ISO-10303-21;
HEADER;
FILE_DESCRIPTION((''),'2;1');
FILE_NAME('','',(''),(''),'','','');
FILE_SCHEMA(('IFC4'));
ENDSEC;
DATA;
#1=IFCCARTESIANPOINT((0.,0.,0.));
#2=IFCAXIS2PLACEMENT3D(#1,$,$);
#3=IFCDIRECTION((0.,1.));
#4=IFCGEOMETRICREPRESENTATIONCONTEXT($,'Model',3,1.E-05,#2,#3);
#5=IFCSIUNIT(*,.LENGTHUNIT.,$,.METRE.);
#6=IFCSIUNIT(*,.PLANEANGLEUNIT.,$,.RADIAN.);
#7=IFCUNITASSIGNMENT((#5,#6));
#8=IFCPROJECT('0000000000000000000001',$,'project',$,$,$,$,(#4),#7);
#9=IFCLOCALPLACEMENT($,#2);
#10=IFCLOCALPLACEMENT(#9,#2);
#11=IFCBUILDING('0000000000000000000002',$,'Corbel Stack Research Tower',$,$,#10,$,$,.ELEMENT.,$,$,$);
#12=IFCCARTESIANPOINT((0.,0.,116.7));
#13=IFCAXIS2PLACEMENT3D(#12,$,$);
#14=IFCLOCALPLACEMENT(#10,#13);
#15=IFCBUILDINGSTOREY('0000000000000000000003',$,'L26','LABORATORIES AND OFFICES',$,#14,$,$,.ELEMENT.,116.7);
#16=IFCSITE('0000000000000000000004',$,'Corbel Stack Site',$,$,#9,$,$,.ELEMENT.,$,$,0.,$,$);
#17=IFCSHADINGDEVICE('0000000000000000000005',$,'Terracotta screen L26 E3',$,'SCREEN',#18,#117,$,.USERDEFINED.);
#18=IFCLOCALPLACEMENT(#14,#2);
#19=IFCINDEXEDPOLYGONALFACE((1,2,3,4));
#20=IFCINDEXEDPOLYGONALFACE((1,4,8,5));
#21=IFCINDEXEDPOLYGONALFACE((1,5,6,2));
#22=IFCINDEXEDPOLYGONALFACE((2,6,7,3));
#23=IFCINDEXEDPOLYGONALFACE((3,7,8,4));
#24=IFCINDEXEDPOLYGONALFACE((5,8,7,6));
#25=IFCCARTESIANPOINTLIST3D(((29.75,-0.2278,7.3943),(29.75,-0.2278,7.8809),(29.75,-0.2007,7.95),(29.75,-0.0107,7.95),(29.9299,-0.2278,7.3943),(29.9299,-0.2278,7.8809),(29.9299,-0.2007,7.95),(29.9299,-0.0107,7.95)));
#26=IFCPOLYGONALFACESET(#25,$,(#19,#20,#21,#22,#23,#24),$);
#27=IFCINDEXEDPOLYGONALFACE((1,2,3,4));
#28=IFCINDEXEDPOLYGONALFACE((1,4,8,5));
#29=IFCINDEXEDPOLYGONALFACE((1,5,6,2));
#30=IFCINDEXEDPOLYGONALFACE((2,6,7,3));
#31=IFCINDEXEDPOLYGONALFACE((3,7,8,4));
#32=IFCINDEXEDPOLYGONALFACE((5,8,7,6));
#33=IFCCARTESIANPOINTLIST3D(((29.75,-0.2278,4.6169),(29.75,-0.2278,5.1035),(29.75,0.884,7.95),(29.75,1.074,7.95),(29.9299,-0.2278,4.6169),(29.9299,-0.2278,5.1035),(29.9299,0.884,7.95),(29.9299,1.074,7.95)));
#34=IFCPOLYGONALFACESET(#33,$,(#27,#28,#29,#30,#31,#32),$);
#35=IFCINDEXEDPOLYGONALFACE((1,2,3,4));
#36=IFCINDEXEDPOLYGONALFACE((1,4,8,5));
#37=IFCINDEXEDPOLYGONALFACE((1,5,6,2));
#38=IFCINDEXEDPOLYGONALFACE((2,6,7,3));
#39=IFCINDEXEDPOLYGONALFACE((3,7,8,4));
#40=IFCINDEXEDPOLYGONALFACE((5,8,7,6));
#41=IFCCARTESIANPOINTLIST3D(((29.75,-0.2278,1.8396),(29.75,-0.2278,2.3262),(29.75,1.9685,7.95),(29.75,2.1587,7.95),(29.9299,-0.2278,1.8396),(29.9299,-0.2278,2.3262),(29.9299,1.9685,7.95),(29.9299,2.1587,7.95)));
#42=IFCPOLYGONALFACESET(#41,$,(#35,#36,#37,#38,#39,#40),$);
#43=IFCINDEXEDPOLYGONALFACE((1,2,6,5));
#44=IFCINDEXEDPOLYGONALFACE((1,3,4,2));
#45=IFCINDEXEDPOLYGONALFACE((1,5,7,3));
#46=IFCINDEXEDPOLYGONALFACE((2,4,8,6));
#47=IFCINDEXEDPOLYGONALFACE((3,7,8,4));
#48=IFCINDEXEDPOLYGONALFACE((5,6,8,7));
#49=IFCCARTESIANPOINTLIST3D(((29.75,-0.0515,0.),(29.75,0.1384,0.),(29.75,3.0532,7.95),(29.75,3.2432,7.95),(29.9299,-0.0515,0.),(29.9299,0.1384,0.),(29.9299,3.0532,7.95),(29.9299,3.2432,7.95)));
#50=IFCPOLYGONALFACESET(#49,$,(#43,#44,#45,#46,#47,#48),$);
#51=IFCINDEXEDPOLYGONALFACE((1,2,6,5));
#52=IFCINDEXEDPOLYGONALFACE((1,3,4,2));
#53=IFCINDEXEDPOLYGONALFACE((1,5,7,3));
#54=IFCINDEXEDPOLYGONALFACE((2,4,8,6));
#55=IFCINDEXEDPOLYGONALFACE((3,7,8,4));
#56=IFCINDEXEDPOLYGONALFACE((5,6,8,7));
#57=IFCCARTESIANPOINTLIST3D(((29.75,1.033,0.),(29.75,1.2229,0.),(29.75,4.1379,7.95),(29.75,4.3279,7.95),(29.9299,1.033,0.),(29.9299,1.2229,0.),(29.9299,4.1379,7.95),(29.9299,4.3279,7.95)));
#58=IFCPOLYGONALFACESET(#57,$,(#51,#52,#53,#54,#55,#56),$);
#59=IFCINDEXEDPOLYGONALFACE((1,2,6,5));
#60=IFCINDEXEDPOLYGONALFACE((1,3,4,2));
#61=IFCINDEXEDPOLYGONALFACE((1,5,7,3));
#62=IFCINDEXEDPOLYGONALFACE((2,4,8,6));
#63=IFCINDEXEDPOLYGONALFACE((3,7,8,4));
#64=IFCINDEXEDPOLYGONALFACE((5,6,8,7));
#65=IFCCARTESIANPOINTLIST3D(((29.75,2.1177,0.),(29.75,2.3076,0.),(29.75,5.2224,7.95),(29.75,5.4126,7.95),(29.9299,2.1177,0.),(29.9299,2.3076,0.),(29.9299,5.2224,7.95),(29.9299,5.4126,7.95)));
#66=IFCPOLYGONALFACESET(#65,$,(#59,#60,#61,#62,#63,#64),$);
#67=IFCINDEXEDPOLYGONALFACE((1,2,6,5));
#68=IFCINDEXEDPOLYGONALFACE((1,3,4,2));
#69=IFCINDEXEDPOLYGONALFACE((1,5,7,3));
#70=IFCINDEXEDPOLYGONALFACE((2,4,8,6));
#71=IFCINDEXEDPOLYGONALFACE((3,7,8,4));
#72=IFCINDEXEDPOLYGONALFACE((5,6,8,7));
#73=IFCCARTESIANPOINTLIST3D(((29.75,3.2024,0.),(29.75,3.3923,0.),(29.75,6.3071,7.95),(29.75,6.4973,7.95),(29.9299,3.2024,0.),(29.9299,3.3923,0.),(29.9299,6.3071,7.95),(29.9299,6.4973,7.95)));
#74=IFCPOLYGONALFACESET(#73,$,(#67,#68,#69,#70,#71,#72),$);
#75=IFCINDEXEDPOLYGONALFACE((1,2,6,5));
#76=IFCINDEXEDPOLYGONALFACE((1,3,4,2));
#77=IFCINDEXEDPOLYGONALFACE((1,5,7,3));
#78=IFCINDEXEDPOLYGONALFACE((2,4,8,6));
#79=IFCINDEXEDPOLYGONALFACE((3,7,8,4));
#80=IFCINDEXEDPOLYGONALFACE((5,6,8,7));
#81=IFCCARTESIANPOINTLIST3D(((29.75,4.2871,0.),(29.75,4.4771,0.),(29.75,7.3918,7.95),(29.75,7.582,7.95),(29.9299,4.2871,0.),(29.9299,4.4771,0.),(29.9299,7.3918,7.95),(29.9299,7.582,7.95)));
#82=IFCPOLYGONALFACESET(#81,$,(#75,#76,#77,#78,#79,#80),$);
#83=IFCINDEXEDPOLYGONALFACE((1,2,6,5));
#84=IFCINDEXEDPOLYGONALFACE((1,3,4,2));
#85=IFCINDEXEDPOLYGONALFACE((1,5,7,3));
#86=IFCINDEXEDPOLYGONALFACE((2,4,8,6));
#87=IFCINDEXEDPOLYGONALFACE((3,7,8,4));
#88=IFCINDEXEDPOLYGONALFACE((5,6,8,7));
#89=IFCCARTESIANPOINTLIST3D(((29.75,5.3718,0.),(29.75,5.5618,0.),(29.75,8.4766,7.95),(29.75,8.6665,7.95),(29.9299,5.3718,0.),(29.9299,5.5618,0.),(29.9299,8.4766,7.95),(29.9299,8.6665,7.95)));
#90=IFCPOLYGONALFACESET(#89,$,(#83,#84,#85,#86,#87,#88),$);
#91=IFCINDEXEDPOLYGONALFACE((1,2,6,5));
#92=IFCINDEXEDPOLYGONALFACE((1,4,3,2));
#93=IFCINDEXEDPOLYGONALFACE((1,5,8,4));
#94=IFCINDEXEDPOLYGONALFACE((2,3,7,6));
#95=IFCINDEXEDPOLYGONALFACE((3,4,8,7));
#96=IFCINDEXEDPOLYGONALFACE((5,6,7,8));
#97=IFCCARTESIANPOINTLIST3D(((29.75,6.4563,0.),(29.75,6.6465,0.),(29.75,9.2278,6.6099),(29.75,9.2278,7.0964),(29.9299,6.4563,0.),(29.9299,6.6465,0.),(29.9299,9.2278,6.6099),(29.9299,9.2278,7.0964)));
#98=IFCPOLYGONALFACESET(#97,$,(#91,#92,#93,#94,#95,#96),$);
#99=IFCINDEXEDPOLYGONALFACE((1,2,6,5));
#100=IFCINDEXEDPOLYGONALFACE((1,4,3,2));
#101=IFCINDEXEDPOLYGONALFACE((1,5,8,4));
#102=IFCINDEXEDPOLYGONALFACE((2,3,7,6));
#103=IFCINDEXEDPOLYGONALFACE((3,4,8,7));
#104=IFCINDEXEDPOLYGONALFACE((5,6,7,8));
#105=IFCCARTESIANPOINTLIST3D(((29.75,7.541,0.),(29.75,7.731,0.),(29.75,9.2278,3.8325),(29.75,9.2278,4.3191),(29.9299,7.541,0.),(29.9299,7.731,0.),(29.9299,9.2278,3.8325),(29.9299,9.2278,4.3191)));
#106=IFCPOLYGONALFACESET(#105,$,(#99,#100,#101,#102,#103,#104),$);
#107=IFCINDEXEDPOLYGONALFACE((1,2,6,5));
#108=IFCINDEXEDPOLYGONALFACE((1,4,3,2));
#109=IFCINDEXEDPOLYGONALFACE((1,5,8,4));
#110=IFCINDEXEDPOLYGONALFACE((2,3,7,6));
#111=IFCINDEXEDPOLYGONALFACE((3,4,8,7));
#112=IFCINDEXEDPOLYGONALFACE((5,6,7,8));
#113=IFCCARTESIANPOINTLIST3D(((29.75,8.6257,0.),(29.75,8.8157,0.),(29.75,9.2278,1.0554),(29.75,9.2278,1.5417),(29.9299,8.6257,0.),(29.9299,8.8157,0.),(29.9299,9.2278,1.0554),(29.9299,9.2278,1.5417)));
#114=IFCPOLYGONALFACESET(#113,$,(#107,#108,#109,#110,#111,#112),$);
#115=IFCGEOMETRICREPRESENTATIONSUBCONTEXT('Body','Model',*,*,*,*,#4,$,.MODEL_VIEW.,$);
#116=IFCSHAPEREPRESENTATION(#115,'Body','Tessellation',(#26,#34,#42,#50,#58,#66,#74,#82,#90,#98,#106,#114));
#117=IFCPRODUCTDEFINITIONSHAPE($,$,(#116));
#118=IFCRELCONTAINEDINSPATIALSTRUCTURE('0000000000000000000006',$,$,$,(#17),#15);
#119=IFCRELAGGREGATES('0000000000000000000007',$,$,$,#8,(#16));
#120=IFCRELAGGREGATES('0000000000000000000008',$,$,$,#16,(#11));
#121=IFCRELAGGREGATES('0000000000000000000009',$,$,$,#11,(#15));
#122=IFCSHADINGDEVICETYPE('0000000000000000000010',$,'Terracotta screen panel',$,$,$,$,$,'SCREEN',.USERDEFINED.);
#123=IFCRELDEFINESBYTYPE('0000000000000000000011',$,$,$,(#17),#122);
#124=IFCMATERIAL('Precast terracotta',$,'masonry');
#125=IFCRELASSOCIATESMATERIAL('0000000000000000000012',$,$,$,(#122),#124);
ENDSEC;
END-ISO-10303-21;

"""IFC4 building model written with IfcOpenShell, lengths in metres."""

from ifc_helpers import new_model, si_unit, direction, frame, origin, place, context, subcontext, project, spatial, polyline, outline, extrude, source, transform, mapped, material, type_object, element, save


model = new_model("IFC4")

# Units and contexts
model_context = context("Model", 3, precision=1e-05, world=origin(), true_north=direction((0.0, 1.0)))
body_context = subcontext(model_context, "Body", "Model", "MODEL_VIEW")
ifc_project = project(units=[si_unit("LENGTHUNIT", "METRE"), si_unit("PLANEANGLEUNIT", "RADIAN")], contexts=[model_context])

# Site, building, storey
site_placement = place(None, origin())
site = spatial("IfcSite", under=ifc_project, at=site_placement, Name="Corbel Stack Site", CompositionType="ELEMENT", RefElevation=0.0)
building_placement = place(site_placement, origin())
building = spatial("IfcBuilding", under=site, at=building_placement, Name="Corbel Stack Research Tower", CompositionType="ELEMENT")
storey_placement = place(building_placement, frame((0.0, 0.0, 116.7)))
storey = spatial("IfcBuildingStorey", under=building, at=storey_placement, Name="L26", Description="LABORATORIES AND OFFICES", CompositionType="ELEMENT", Elevation=116.7)

# Shading device
ifc_material_1 = material(Name="Precast terracotta", Category="masonry")
shading_device_type = type_object("IfcShadingDeviceType", Name="Terracotta screen panel", ElementType="SCREEN", PredefinedType="USERDEFINED", material=ifc_material_1)
shared_shape_1 = source(origin(), body_context, "Body", "SweptSolid", [
    extrude(outline(polyline([(0.217, 7.95), (0.0271, 7.95), (0.0, 7.8809), (0.0, 7.3943), (0.217, 7.95)])), frame((0.0, 0.0, 0.0), z_axis=(0.0, -1.0, 0.0), x_axis=(1.0, 0.0, 0.0)), (0.0, 0.0, 1.0), 0.1799),
    extrude(outline(polyline([(1.3018, 7.95), (1.1118, 7.95), (0.0, 5.1035), (0.0, 4.6169), (1.3018, 7.95)])), frame((0.0, 0.0, 0.0), z_axis=(0.0, -1.0, 0.0), x_axis=(1.0, 0.0, 0.0)), (0.0, 0.0, 1.0), 0.1799),
    extrude(outline(polyline([(2.3865, 7.95), (2.1963, 7.95), (0.0, 2.3262), (0.0, 1.8396), (2.3865, 7.95)])), frame((0.0, 0.0, 0.0), z_axis=(0.0, -1.0, 0.0), x_axis=(1.0, 0.0, 0.0)), (0.0, 0.0, 1.0), 0.1799),
    extrude(outline(polyline([(0.3662, 0.0), (3.4709, 7.95), (3.281, 7.95), (0.1763, 0.0), (0.3662, 0.0)])), frame((0.0, 0.0, 0.0), z_axis=(0.0, -1.0, 0.0), x_axis=(1.0, 0.0, 0.0)), (0.0, 0.0, 1.0), 0.1799),
    extrude(outline(polyline([(1.4507, 0.0), (4.5557, 7.95), (4.3657, 7.95), (1.2607, 0.0), (1.4507, 0.0)])), frame((0.0, 0.0, 0.0), z_axis=(0.0, -1.0, 0.0), x_axis=(1.0, 0.0, 0.0)), (0.0, 0.0, 1.0), 0.1799),
    extrude(outline(polyline([(2.5354, 0.0), (5.6404, 7.95), (5.4502, 7.95), (2.3455, 0.0), (2.5354, 0.0)])), frame((0.0, 0.0, 0.0), z_axis=(0.0, -1.0, 0.0), x_axis=(1.0, 0.0, 0.0)), (0.0, 0.0, 1.0), 0.1799),
    extrude(outline(polyline([(3.6201, 0.0), (6.7251, 7.95), (6.5349, 7.95), (3.4302, 0.0), (3.6201, 0.0)])), frame((0.0, 0.0, 0.0), z_axis=(0.0, -1.0, 0.0), x_axis=(1.0, 0.0, 0.0)), (0.0, 0.0, 1.0), 0.1799),
    extrude(outline(polyline([(4.7048, 0.0), (7.8098, 7.95), (7.6196, 7.95), (4.5149, 0.0), (4.7048, 0.0)])), frame((0.0, 0.0, 0.0), z_axis=(0.0, -1.0, 0.0), x_axis=(1.0, 0.0, 0.0)), (0.0, 0.0, 1.0), 0.1799),
    extrude(outline(polyline([(5.7896, 0.0), (8.8943, 7.95), (8.7043, 7.95), (5.5996, 0.0), (5.7896, 0.0)])), frame((0.0, 0.0, 0.0), z_axis=(0.0, -1.0, 0.0), x_axis=(1.0, 0.0, 0.0)), (0.0, 0.0, 1.0), 0.1799),
    extrude(outline(polyline([(6.8743, 0.0), (9.4556, 6.6099), (9.4556, 7.0964), (6.6841, 0.0), (6.8743, 0.0)])), frame((0.0, 0.0, 0.0), z_axis=(0.0, -1.0, 0.0), x_axis=(1.0, 0.0, 0.0)), (0.0, 0.0, 1.0), 0.1799),
    extrude(outline(polyline([(7.9587, 0.0), (9.4556, 3.8325), (9.4556, 4.3191), (7.7688, 0.0), (7.9587, 0.0)])), frame((0.0, 0.0, 0.0), z_axis=(0.0, -1.0, 0.0), x_axis=(1.0, 0.0, 0.0)), (0.0, 0.0, 1.0), 0.1799),
    extrude(outline(polyline([(9.0435, 0.0), (9.4556, 1.0554), (9.4556, 1.5417), (8.8535, 0.0), (9.0435, 0.0)])), frame((0.0, 0.0, 0.0), z_axis=(0.0, -1.0, 0.0), x_axis=(1.0, 0.0, 0.0)), (0.0, 0.0, 1.0), 0.1799),
])
shading_device_1_placement = place(storey_placement, frame((29.75, -0.2278, 0.0), z_axis=(0.0, 0.0, 1.0), x_axis=(0.0, 1.0, 0.0)))
element("IfcShadingDevice", 1, at=shading_device_1_placement, inside=storey, type_object=shading_device_type, Name="Terracotta screen L26 E3", ObjectType="SCREEN", PredefinedType="USERDEFINED", context=body_context, shape_type="MappedRepresentation", body=[
    mapped(shared_shape_1, transform((0.0, 0.0, 0.0))),
])

save(model, "model.ifc")
